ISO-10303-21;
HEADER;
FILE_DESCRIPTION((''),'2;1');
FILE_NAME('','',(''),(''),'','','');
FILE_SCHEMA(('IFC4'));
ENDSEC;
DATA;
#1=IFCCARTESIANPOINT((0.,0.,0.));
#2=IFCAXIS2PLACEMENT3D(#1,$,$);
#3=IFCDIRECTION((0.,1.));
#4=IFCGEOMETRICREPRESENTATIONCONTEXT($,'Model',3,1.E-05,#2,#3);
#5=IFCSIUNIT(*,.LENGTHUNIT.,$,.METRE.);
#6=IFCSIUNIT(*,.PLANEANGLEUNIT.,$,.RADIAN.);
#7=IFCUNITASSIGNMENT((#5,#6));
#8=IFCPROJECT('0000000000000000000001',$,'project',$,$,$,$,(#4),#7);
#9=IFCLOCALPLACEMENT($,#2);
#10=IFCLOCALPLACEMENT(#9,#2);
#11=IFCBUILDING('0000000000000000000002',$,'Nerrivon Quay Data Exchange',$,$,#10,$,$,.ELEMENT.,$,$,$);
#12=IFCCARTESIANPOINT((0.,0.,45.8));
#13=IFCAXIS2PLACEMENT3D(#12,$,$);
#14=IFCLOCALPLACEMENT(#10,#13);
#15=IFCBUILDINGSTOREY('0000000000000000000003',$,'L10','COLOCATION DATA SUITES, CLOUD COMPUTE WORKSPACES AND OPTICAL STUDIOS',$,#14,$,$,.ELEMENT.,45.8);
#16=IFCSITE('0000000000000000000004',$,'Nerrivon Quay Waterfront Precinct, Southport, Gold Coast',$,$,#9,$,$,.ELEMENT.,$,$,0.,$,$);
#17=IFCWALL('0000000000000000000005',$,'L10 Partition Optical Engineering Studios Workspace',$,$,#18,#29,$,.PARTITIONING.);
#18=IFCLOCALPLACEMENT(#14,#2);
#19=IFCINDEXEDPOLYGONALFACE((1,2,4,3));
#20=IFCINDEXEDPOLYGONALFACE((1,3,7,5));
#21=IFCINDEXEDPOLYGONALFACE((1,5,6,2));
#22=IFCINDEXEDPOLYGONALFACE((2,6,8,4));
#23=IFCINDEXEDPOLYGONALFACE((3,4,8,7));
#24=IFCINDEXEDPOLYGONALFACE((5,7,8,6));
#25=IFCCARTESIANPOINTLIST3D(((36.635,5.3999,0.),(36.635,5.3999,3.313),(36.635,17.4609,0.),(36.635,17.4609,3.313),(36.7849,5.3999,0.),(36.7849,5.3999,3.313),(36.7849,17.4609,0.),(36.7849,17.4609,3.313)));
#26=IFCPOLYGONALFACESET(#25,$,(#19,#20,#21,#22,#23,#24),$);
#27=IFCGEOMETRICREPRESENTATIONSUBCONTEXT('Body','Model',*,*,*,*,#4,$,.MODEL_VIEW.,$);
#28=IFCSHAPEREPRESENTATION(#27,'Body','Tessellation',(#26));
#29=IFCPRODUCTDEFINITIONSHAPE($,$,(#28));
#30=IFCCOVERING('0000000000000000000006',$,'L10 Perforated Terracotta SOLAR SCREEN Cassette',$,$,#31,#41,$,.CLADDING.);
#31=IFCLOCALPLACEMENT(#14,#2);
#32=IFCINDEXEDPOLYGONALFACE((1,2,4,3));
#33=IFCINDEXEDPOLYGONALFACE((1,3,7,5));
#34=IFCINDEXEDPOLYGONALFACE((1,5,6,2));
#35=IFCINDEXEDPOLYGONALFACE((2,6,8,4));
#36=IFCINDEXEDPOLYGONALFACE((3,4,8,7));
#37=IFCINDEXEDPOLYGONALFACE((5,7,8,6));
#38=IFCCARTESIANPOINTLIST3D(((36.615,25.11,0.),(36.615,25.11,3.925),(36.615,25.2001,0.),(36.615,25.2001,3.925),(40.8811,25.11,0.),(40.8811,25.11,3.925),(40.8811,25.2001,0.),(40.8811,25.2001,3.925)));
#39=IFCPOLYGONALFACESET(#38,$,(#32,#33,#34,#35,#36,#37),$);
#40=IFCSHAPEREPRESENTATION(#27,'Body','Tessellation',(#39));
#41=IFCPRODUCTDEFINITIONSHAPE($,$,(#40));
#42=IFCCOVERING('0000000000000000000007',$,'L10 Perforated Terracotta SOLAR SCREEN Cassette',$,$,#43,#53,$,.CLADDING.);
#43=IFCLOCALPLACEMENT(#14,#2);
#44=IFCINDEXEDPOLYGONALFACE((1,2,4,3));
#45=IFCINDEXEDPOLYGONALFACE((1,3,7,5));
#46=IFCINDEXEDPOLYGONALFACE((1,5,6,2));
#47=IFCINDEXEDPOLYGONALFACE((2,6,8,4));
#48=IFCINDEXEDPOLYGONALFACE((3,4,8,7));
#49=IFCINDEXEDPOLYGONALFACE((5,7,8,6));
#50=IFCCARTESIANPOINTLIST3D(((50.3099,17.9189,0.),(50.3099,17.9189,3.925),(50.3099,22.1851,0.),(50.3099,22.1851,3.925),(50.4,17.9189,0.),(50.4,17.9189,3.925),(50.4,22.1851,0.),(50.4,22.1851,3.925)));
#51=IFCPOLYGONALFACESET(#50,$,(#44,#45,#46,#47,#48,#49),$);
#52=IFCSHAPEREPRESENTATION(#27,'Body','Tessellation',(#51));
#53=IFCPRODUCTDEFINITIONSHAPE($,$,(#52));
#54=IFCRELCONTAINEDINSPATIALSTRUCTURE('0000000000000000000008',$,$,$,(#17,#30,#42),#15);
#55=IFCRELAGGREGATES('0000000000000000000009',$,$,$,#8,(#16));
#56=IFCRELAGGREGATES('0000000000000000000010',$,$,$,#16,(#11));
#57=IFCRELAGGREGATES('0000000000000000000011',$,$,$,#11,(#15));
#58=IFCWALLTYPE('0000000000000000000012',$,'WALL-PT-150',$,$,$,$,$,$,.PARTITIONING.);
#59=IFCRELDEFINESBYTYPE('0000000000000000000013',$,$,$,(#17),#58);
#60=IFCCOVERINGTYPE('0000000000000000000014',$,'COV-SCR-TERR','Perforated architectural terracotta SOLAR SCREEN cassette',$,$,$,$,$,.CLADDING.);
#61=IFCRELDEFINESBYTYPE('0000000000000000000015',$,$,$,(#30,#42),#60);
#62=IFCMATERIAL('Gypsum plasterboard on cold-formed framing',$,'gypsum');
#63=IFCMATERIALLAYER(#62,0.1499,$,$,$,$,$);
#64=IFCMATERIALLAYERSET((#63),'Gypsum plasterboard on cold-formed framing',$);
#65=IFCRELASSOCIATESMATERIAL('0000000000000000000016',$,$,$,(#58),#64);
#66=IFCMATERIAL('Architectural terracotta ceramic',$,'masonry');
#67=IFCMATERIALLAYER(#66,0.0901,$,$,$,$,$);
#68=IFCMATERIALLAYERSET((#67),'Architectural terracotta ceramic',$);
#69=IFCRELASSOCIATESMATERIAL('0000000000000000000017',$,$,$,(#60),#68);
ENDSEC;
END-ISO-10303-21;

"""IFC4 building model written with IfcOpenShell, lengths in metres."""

from ifc_helpers import new_model, si_unit, direction, frame, frame_2d, origin, origin_2d, place, context, subcontext, project, spatial, rectangle, extrude, material, layer, layer_set, type_object, element, save


model = new_model("IFC4")

# Units and contexts
model_context = context("Model", 3, precision=1e-05, world=origin(), true_north=direction((0.0, 1.0)))
body_context = subcontext(model_context, "Body", "Model", "MODEL_VIEW")
ifc_project = project(units=[si_unit("LENGTHUNIT", "METRE"), si_unit("PLANEANGLEUNIT", "RADIAN")], contexts=[model_context])

# Site, building, storey
site_placement = place(None, origin())
site = spatial("IfcSite", under=ifc_project, at=site_placement, Name="Nerrivon Quay Waterfront Precinct, Southport, Gold Coast", CompositionType="ELEMENT", RefElevation=0.0)
building_placement = place(site_placement, origin())
building = spatial("IfcBuilding", under=site, at=building_placement, Name="Nerrivon Quay Data Exchange", CompositionType="ELEMENT")
storey_placement = place(building_placement, frame((0.0, 0.0, 45.8)))
storey = spatial("IfcBuildingStorey", under=building, at=storey_placement, Name="L10", Description="COLOCATION DATA SUITES, CLOUD COMPUTE WORKSPACES AND OPTICAL STUDIOS", CompositionType="ELEMENT", Elevation=45.8)

# Wall
ifc_material_1 = material(Name="Gypsum plasterboard on cold-formed framing", Category="gypsum")
ifc_layer_1 = layer(ifc_material_1, 0.1499)
ifc_layer_set_1 = layer_set([ifc_layer_1], Name="Gypsum plasterboard on cold-formed framing")
wall_type_1 = type_object("IfcWallType", Name="WALL-PT-150", PredefinedType="PARTITIONING", material=ifc_layer_set_1)
wall_1_placement = place(storey_placement, frame((36.71, 17.4609, 0.0), z_axis=(0.0, 0.0, 1.0), x_axis=(0.0, -1.0, 0.0)))
element("IfcWall", 1, at=wall_1_placement, inside=storey, type_object=wall_type_1, Name="L10 Partition Optical Engineering Studios Workspace", PredefinedType="PARTITIONING", context=body_context, shape_type="SweptSolid", body=[
    extrude(rectangle(XDim=12.061, YDim=0.1499, at=frame_2d((6.0305, 0.0))), origin(), (0.0, 0.0, 1.0), 3.313),
])

# Coverings
ifc_material_2 = material(Name="Architectural terracotta ceramic", Category="masonry")
ifc_layer_2 = layer(ifc_material_2, 0.0901)
ifc_layer_set_2 = layer_set([ifc_layer_2], Name="Architectural terracotta ceramic")
covering_type = type_object("IfcCoveringType", Name="COV-SCR-TERR", Description="Perforated architectural terracotta SOLAR SCREEN cassette", PredefinedType="CLADDING", material=ifc_layer_set_2)
for number, where, z_axis, x_axis, name in (
    (2, (38.748, 25.155, 0.0), (0.0, 0.0, 1.0), (1.0, 0.0, 0.0), "L10 Perforated Terracotta SOLAR SCREEN Cassette"),
    (3, (50.355, 20.052, 0.0), (0.0, 0.0, 1.0), (0.0, -1.0, 0.0), "L10 Perforated Terracotta SOLAR SCREEN Cassette"),
):
    element("IfcCovering", number, at=place(storey_placement, frame(where, z_axis=z_axis, x_axis=x_axis)), inside=storey, type_object=covering_type, Name=name, PredefinedType="CLADDING", context=body_context, shape_type="SweptSolid", body=[
        extrude(rectangle(XDim=4.2661, YDim=0.0901, at=origin_2d()), origin(), (0.0, 0.0, 1.0), 3.925),
    ])

save(model, "model.ifc")
